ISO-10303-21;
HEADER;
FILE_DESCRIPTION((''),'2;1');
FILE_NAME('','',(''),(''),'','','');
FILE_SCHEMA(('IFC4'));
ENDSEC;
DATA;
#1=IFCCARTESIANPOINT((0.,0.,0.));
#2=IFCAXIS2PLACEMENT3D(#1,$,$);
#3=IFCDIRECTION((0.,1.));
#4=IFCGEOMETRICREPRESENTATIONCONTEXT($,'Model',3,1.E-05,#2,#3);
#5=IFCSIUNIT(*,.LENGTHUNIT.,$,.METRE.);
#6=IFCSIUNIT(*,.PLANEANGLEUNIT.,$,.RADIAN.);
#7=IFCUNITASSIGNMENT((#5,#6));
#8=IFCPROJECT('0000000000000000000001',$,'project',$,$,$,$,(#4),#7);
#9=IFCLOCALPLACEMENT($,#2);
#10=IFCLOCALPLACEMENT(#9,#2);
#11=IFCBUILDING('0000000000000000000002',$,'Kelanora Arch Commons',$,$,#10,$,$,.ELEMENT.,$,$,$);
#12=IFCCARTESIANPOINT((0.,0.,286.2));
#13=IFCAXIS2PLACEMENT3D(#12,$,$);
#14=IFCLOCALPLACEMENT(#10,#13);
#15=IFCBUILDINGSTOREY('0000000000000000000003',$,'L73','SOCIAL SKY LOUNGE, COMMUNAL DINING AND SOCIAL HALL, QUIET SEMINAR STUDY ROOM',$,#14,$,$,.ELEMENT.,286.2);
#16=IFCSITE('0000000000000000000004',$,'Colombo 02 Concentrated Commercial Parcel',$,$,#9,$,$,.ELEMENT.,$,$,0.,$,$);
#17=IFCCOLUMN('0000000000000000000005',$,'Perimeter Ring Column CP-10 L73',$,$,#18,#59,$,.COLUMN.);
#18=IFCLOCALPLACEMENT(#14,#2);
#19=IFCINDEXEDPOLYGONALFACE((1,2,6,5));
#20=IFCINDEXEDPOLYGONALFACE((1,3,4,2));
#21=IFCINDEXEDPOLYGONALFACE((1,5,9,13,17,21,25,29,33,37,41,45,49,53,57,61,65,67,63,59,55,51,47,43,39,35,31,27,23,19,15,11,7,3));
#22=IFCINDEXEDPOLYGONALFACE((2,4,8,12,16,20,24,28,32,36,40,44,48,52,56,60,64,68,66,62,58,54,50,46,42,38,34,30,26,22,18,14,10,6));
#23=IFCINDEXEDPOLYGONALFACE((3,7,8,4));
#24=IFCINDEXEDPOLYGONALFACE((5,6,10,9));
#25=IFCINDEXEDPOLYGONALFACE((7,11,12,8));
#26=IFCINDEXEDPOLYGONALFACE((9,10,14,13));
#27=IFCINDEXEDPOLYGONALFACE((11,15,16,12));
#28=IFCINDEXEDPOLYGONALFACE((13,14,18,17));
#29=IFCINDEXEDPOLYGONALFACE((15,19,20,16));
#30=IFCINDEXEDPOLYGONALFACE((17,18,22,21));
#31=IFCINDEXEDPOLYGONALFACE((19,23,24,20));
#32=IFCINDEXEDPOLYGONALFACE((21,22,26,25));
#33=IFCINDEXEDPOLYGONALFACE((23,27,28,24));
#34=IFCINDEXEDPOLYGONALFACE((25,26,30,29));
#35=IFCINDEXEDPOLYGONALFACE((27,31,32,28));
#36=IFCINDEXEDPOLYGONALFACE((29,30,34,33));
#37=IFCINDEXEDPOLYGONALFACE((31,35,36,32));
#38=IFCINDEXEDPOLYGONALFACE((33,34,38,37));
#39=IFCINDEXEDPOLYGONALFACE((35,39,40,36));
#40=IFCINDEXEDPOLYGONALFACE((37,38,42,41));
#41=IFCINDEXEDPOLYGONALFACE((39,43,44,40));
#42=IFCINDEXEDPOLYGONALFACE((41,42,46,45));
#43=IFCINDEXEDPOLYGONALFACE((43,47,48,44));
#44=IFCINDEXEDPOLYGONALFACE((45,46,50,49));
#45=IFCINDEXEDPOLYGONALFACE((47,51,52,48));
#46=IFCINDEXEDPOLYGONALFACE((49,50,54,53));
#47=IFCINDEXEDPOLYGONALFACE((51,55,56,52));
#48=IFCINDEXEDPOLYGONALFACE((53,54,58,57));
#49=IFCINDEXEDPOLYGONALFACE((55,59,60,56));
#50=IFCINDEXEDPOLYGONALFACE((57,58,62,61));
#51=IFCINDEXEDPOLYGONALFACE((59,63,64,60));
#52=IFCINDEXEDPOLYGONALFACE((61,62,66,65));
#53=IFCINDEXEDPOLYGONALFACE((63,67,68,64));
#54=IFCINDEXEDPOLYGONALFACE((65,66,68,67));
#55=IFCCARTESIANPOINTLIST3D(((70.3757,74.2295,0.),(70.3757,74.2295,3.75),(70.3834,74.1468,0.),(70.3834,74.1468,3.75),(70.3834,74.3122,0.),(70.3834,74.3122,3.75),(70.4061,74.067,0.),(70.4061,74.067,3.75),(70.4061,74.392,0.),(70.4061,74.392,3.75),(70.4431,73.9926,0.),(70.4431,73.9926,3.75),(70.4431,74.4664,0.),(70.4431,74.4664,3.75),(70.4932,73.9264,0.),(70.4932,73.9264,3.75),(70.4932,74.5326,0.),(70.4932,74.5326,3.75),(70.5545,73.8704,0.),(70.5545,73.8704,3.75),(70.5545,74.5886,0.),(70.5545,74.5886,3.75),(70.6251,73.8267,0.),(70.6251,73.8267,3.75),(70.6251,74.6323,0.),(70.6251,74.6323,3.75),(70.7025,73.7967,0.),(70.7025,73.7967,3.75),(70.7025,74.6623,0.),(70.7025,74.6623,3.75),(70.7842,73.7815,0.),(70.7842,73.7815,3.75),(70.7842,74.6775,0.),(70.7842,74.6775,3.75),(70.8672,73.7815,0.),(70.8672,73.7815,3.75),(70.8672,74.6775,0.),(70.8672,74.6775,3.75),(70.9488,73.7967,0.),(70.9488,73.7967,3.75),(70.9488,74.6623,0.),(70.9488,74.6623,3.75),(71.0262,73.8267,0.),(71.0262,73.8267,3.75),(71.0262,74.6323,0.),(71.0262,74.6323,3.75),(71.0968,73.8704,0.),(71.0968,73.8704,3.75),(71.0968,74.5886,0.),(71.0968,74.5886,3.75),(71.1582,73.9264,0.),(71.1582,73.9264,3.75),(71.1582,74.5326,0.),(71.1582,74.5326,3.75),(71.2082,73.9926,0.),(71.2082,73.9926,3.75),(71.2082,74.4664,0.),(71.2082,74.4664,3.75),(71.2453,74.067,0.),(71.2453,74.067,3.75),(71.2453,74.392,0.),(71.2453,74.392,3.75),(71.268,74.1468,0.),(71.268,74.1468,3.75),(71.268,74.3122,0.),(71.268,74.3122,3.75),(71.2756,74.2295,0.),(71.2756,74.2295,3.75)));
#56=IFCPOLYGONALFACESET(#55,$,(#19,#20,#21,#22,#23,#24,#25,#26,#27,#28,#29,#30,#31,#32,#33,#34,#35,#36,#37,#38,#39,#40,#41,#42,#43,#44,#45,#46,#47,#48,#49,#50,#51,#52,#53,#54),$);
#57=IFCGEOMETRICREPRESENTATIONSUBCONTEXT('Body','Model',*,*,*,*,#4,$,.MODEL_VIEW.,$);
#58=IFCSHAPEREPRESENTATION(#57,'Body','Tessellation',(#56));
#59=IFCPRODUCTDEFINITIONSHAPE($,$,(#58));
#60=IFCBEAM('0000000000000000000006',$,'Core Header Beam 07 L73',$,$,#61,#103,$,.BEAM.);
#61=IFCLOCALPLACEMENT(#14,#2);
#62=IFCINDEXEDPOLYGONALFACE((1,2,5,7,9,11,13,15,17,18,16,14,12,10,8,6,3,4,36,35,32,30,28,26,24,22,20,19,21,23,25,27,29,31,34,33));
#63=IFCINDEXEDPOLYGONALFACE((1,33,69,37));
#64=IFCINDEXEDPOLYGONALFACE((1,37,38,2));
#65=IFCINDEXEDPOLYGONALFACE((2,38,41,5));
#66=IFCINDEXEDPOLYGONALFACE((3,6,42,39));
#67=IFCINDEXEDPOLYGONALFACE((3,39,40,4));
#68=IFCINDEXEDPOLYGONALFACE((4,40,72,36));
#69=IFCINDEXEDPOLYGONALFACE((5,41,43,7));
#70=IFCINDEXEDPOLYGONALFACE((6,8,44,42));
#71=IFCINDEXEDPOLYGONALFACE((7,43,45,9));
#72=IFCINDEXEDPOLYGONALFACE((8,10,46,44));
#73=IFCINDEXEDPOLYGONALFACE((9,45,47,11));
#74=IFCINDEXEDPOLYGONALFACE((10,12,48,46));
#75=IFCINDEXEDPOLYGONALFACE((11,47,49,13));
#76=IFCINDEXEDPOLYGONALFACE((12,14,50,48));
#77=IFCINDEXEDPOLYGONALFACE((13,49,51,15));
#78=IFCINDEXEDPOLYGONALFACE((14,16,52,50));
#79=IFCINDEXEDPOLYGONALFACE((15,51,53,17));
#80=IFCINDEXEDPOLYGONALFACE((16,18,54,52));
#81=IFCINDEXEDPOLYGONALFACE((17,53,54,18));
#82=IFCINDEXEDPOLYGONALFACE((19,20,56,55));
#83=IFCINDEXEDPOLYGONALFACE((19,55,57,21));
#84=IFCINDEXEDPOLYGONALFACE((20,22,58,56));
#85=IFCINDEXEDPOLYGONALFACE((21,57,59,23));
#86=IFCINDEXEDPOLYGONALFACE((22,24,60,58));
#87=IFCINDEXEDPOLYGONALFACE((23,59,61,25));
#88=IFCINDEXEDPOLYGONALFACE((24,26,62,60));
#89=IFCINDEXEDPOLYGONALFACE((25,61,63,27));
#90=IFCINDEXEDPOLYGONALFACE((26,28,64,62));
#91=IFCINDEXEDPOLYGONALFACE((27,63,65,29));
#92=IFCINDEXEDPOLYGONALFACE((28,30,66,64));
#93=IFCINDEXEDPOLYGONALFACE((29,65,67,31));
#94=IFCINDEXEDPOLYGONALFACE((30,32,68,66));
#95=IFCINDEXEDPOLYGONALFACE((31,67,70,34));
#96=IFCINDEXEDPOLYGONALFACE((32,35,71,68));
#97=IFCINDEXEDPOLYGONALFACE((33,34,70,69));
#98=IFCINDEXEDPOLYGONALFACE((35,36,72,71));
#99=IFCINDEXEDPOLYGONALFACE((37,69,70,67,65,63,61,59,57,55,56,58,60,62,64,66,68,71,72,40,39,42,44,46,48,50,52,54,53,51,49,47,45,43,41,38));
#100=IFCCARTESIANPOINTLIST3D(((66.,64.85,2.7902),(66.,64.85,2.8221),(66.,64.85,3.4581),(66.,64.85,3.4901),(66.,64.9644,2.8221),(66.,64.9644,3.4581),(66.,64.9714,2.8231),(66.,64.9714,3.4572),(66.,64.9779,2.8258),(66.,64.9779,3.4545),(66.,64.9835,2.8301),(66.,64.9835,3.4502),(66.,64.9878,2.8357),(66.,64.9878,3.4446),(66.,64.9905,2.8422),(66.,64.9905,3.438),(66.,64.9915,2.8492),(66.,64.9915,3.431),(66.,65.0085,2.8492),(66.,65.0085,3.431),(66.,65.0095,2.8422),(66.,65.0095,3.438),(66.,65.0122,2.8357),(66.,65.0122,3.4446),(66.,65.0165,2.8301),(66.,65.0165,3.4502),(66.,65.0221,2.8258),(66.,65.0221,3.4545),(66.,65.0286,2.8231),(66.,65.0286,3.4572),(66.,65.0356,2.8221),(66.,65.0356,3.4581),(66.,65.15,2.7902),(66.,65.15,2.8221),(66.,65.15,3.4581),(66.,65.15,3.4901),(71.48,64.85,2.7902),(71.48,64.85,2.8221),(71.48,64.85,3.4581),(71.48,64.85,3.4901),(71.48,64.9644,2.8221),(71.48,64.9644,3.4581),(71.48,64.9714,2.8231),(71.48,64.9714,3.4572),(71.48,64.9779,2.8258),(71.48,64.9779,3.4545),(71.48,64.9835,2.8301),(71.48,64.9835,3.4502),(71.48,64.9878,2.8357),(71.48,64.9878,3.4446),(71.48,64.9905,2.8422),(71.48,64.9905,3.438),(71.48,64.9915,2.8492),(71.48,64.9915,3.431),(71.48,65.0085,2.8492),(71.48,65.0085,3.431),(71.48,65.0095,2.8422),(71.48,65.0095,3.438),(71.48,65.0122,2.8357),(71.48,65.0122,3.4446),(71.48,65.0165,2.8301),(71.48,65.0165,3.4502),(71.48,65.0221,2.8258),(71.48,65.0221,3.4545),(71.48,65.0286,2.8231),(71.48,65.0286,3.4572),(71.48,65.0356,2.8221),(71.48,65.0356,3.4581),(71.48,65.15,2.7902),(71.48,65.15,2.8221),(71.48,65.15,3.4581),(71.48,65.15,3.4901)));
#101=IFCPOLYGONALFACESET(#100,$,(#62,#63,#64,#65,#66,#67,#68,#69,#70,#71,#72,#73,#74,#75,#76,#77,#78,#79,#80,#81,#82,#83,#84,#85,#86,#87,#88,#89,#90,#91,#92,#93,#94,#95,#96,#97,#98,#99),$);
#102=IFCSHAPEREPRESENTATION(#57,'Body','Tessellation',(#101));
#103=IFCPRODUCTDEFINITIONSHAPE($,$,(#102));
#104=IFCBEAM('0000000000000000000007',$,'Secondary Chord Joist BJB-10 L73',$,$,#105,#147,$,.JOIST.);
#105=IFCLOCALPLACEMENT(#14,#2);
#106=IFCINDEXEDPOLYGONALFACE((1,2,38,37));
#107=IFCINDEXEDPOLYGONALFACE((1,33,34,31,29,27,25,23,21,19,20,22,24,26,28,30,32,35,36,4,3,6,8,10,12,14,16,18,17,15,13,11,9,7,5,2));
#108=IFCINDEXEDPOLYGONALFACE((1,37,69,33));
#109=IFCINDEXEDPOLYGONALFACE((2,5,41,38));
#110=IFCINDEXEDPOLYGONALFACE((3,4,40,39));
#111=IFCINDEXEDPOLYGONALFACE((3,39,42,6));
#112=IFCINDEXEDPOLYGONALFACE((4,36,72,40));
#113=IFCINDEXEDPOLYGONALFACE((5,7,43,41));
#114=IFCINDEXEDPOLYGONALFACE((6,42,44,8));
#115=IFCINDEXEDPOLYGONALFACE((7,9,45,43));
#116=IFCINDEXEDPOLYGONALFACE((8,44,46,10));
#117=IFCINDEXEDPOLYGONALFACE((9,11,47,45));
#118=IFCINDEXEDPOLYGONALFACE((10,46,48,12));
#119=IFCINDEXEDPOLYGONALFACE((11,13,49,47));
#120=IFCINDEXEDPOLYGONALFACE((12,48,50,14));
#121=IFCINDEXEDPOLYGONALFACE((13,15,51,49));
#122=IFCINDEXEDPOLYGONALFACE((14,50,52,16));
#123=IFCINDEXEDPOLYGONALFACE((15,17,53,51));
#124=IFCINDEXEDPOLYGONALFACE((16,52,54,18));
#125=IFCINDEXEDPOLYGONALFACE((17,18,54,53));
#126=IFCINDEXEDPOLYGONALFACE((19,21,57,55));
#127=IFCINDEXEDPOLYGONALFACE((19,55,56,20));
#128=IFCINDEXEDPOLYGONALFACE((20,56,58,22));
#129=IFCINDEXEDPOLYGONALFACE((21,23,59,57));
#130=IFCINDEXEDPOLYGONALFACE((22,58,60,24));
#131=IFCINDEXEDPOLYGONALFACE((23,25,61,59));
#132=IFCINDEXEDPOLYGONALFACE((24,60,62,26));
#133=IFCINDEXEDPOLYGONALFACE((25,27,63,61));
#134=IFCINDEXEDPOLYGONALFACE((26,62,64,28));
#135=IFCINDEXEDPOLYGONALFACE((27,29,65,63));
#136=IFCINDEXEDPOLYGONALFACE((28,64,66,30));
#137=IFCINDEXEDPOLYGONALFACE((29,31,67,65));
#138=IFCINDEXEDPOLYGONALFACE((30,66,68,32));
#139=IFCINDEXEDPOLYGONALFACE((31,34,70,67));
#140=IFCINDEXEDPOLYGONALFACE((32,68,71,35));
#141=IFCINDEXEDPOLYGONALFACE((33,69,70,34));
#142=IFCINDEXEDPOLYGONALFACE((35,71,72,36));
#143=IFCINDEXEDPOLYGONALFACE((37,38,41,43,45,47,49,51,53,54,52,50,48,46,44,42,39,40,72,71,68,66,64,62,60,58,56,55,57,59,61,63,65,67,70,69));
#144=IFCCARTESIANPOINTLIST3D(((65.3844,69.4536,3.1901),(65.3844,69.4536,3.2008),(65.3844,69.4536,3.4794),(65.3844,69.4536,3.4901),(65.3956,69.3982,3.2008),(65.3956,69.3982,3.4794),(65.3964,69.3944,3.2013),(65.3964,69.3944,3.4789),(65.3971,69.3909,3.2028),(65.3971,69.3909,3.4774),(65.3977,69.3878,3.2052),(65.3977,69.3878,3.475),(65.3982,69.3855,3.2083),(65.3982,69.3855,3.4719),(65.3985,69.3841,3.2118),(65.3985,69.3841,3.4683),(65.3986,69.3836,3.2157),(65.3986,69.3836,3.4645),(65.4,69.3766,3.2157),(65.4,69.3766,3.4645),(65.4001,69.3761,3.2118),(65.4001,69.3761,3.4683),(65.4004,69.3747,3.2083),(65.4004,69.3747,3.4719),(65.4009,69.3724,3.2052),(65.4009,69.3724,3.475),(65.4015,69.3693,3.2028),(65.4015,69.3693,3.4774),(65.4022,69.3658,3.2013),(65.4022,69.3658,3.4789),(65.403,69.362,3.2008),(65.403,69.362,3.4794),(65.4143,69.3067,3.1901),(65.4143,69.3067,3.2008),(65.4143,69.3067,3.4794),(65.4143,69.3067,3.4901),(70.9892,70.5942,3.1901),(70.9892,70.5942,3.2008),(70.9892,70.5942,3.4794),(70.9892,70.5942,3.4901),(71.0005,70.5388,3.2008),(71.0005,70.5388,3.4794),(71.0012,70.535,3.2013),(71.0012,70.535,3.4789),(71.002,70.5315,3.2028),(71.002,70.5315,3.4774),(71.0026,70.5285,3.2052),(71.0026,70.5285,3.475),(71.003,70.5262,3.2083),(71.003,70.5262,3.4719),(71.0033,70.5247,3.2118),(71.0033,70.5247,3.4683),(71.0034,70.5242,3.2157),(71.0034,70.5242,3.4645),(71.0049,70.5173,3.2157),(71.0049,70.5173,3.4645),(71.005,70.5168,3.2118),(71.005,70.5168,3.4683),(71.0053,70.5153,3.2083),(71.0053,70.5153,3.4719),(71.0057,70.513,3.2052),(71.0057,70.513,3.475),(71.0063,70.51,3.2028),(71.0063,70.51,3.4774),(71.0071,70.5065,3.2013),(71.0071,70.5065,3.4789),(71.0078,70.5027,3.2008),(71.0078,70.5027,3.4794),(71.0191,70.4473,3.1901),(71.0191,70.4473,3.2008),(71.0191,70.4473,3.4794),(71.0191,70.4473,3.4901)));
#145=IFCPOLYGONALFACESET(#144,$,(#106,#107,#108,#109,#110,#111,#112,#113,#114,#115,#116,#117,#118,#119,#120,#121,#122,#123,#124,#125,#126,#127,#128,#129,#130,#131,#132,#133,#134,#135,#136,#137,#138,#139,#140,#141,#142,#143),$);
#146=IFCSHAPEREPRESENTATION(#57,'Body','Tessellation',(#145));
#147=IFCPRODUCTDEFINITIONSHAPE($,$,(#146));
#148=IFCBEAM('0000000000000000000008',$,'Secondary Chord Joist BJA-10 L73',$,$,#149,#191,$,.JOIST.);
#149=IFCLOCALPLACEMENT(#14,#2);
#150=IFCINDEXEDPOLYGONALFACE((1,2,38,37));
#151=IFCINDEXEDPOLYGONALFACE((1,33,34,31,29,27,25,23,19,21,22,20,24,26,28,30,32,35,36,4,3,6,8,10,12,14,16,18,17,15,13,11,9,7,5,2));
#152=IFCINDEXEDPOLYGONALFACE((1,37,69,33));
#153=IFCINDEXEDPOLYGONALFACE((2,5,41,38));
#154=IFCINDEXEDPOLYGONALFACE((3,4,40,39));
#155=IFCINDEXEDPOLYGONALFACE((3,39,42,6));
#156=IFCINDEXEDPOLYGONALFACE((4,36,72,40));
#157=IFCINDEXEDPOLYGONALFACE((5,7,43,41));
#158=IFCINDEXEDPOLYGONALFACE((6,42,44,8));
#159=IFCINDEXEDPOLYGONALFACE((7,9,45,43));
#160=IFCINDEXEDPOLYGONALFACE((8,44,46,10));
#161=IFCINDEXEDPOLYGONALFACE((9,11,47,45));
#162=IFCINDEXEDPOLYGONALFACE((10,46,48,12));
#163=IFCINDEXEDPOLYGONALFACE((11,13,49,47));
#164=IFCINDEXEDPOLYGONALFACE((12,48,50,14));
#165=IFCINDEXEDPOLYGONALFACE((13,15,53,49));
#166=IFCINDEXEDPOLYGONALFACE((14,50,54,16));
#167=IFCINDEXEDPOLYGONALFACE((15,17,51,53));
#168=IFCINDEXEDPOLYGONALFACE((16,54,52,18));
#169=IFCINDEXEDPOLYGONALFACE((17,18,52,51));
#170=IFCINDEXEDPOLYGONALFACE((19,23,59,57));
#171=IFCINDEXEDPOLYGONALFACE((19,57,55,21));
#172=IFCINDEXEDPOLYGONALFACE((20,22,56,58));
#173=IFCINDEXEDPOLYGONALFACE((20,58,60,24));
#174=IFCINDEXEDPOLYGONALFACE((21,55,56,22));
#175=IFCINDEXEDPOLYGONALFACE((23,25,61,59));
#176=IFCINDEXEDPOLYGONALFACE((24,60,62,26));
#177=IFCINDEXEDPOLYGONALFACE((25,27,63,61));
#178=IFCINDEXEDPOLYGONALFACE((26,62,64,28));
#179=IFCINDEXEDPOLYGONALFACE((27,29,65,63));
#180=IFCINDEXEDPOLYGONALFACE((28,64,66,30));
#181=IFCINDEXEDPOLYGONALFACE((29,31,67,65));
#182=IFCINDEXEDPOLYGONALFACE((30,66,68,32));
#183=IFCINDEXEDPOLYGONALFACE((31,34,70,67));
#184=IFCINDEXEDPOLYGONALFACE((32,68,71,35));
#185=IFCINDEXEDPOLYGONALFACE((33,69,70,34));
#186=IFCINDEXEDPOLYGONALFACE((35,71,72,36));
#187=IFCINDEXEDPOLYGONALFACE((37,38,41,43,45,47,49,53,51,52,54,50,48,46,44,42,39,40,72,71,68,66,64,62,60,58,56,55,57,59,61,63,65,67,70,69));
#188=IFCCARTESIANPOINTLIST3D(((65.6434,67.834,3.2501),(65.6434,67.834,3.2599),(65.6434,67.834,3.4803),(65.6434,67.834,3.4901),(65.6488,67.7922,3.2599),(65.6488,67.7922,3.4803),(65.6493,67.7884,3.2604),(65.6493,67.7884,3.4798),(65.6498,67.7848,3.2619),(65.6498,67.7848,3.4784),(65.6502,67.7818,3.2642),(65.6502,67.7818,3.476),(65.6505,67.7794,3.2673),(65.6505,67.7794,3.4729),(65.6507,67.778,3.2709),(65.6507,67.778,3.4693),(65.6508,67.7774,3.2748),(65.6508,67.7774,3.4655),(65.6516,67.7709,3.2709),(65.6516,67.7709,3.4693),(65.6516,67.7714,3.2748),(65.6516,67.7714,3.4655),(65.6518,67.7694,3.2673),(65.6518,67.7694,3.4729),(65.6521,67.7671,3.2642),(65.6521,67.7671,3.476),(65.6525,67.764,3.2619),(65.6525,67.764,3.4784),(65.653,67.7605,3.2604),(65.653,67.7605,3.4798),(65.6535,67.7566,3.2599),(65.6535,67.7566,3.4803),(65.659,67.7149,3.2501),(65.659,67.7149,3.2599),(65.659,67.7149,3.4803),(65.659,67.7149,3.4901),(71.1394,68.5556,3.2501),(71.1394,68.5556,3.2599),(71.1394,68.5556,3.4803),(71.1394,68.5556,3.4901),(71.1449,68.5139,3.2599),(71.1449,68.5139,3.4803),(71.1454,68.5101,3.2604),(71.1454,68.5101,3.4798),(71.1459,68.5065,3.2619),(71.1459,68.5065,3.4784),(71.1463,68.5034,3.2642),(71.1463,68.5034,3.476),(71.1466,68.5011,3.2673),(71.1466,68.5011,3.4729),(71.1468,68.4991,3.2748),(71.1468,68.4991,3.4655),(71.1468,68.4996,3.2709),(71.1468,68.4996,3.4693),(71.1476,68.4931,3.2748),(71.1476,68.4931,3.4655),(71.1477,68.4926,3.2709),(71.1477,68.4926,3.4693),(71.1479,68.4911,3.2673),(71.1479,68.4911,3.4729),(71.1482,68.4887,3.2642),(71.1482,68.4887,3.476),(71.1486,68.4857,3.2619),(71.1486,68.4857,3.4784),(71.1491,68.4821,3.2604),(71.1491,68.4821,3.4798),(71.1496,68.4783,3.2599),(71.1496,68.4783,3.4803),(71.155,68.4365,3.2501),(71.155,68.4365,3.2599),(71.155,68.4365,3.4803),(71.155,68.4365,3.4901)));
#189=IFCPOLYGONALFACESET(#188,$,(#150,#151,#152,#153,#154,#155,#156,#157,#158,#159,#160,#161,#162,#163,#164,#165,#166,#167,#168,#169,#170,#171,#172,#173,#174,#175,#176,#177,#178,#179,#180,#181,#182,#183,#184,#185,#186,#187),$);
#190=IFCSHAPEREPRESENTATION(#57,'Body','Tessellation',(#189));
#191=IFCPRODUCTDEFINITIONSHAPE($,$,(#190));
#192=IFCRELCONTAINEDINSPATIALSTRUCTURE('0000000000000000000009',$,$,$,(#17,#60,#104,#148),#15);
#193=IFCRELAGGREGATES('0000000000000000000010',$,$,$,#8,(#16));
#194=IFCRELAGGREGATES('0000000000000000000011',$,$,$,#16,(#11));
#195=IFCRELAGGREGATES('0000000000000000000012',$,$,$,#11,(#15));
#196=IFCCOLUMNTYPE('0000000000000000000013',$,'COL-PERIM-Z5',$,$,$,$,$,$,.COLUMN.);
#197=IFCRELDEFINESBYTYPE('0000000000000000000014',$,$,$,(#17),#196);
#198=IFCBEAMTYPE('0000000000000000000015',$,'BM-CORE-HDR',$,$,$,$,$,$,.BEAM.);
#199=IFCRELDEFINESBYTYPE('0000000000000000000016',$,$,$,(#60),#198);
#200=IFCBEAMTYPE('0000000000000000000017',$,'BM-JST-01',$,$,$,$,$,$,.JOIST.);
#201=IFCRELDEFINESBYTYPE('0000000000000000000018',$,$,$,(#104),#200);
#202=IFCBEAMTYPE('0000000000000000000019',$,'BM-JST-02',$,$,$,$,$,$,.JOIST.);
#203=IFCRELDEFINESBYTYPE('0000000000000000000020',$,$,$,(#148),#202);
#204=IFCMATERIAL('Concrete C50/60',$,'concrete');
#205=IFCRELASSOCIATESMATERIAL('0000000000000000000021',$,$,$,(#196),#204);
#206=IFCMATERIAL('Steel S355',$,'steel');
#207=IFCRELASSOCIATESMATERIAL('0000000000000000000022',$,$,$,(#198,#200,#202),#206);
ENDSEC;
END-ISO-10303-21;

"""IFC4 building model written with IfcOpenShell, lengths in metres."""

from ifc_helpers import new_model, si_unit, direction, frame, origin, origin_2d, place, context, subcontext, project, spatial, circle, i_section, extrude, material, material_profile, profile_set, type_object, element, save


model = new_model("IFC4")

# Units and contexts
model_context = context("Model", 3, precision=1e-05, world=origin(), true_north=direction((0.0, 1.0)))
body_context = subcontext(model_context, "Body", "Model", "MODEL_VIEW")
ifc_project = project(units=[si_unit("LENGTHUNIT", "METRE"), si_unit("PLANEANGLEUNIT", "RADIAN")], contexts=[model_context])

# Site, building, storey
site_placement = place(None, origin())
site = spatial("IfcSite", under=ifc_project, at=site_placement, Name="Colombo 02 Concentrated Commercial Parcel", CompositionType="ELEMENT", RefElevation=0.0)
building_placement = place(site_placement, origin())
building = spatial("IfcBuilding", under=site, at=building_placement, Name="Kelanora Arch Commons", CompositionType="ELEMENT")
storey_placement = place(building_placement, frame((0.0, 0.0, 286.2)))
storey = spatial("IfcBuildingStorey", under=building, at=storey_placement, Name="L73", Description="SOCIAL SKY LOUNGE, COMMUNAL DINING AND SOCIAL HALL, QUIET SEMINAR STUDY ROOM", CompositionType="ELEMENT", Elevation=286.2)

# Column
ifc_material_1 = material(Name="Concrete C50/60", Category="concrete")
ifc_material_profile_1 = material_profile(ifc_material_1, circle(Radius=0.45, at=origin_2d()), Name="RCC900")
ifc_profile_set_1 = profile_set([ifc_material_profile_1], Name="Concrete C50/60")
column_type = type_object("IfcColumnType", Name="COL-PERIM-Z5", PredefinedType="COLUMN", material=ifc_profile_set_1)
column_placement = place(storey_placement, frame((70.8257, 74.2295, 0.0), z_axis=(0.0, 0.0, 1.0), x_axis=(1.0, 0.0, 0.0)))
element("IfcColumn", 1, at=column_placement, inside=storey, type_object=column_type, Name="Perimeter Ring Column CP-10 L73", PredefinedType="COLUMN", context=body_context, shape_type="SweptSolid", body=[
    extrude(circle(Radius=0.45, at=origin_2d()), origin(), (0.0, 0.0, 1.0), 3.75),
])

# Beams
ifc_material_2 = material(Name="Steel S355", Category="steel")
ifc_material_profile_2 = material_profile(ifc_material_2, i_section(OverallWidth=0.3, OverallDepth=0.7, WebThickness=0.0171, FlangeThickness=0.032, FilletRadius=0.0271, at=origin_2d()), Name="HEB700")
ifc_profile_set_2 = profile_set([ifc_material_profile_2], Name="Steel S355")
beam_type_1 = type_object("IfcBeamType", Name="BM-CORE-HDR", PredefinedType="BEAM", material=ifc_profile_set_2)
beam_1_placement = place(storey_placement, frame((71.48, 65.0, 3.1401), z_axis=(-1.0, 0.0, 0.0), x_axis=(0.0, -1.0, 0.0)))
element("IfcBeam", 2, at=beam_1_placement, inside=storey, type_object=beam_type_1, Name="Core Header Beam 07 L73", PredefinedType="BEAM", context=body_context, shape_type="SweptSolid", body=[
    extrude(i_section(OverallWidth=0.3, OverallDepth=0.7, WebThickness=0.0171, FlangeThickness=0.032, FilletRadius=0.0271, at=origin_2d()), origin(), (0.0, 0.0, 1.0), 5.48),
])
ifc_material_profile_3 = material_profile(ifc_material_2, i_section(OverallWidth=0.1499, OverallDepth=0.3, WebThickness=0.0071, FlangeThickness=0.0107, FilletRadius=0.0149, at=origin_2d()), Name="IPE300")
ifc_profile_set_3 = profile_set([ifc_material_profile_3], Name="Steel S355")
beam_type_2 = type_object("IfcBeamType", Name="BM-JST-01", PredefinedType="JOIST", material=ifc_profile_set_3)
beam_2_placement = place(storey_placement, frame((71.0042, 70.5208, 3.3401), z_axis=(-0.979913, -0.199423, 0.0), x_axis=(0.199423, -0.979913, 0.0)))
element("IfcBeam", 3, at=beam_2_placement, inside=storey, type_object=beam_type_2, Name="Secondary Chord Joist BJB-10 L73", PredefinedType="JOIST", context=body_context, shape_type="SweptSolid", body=[
    extrude(i_section(OverallWidth=0.1499, OverallDepth=0.3, WebThickness=0.0071, FlangeThickness=0.0107, FilletRadius=0.0149, at=origin_2d()), origin(), (0.0, 0.0, 1.0), 5.7197),
])
ifc_material_profile_4 = material_profile(ifc_material_2, i_section(OverallWidth=0.1201, OverallDepth=0.24, WebThickness=0.0061, FlangeThickness=0.0098, FilletRadius=0.0149, at=origin_2d()), Name="IPE240")
ifc_profile_set_4 = profile_set([ifc_material_profile_4], Name="Steel S355")
beam_type_3 = type_object("IfcBeamType", Name="BM-JST-02", PredefinedType="JOIST", material=ifc_profile_set_4)
beam_3_placement = place(storey_placement, frame((71.1472, 68.4961, 3.3701), z_axis=(-0.991489, -0.13019, 0.0), x_axis=(0.13019, -0.991489, 0.0)))
element("IfcBeam", 4, at=beam_3_placement, inside=storey, type_object=beam_type_3, Name="Secondary Chord Joist BJA-10 L73", PredefinedType="JOIST", context=body_context, shape_type="SweptSolid", body=[
    extrude(i_section(OverallWidth=0.1201, OverallDepth=0.24, WebThickness=0.0061, FlangeThickness=0.0098, FilletRadius=0.0149, at=origin_2d()), origin(), (0.0, 0.0, 1.0), 5.5432),
])

save(model, "model.ifc")
